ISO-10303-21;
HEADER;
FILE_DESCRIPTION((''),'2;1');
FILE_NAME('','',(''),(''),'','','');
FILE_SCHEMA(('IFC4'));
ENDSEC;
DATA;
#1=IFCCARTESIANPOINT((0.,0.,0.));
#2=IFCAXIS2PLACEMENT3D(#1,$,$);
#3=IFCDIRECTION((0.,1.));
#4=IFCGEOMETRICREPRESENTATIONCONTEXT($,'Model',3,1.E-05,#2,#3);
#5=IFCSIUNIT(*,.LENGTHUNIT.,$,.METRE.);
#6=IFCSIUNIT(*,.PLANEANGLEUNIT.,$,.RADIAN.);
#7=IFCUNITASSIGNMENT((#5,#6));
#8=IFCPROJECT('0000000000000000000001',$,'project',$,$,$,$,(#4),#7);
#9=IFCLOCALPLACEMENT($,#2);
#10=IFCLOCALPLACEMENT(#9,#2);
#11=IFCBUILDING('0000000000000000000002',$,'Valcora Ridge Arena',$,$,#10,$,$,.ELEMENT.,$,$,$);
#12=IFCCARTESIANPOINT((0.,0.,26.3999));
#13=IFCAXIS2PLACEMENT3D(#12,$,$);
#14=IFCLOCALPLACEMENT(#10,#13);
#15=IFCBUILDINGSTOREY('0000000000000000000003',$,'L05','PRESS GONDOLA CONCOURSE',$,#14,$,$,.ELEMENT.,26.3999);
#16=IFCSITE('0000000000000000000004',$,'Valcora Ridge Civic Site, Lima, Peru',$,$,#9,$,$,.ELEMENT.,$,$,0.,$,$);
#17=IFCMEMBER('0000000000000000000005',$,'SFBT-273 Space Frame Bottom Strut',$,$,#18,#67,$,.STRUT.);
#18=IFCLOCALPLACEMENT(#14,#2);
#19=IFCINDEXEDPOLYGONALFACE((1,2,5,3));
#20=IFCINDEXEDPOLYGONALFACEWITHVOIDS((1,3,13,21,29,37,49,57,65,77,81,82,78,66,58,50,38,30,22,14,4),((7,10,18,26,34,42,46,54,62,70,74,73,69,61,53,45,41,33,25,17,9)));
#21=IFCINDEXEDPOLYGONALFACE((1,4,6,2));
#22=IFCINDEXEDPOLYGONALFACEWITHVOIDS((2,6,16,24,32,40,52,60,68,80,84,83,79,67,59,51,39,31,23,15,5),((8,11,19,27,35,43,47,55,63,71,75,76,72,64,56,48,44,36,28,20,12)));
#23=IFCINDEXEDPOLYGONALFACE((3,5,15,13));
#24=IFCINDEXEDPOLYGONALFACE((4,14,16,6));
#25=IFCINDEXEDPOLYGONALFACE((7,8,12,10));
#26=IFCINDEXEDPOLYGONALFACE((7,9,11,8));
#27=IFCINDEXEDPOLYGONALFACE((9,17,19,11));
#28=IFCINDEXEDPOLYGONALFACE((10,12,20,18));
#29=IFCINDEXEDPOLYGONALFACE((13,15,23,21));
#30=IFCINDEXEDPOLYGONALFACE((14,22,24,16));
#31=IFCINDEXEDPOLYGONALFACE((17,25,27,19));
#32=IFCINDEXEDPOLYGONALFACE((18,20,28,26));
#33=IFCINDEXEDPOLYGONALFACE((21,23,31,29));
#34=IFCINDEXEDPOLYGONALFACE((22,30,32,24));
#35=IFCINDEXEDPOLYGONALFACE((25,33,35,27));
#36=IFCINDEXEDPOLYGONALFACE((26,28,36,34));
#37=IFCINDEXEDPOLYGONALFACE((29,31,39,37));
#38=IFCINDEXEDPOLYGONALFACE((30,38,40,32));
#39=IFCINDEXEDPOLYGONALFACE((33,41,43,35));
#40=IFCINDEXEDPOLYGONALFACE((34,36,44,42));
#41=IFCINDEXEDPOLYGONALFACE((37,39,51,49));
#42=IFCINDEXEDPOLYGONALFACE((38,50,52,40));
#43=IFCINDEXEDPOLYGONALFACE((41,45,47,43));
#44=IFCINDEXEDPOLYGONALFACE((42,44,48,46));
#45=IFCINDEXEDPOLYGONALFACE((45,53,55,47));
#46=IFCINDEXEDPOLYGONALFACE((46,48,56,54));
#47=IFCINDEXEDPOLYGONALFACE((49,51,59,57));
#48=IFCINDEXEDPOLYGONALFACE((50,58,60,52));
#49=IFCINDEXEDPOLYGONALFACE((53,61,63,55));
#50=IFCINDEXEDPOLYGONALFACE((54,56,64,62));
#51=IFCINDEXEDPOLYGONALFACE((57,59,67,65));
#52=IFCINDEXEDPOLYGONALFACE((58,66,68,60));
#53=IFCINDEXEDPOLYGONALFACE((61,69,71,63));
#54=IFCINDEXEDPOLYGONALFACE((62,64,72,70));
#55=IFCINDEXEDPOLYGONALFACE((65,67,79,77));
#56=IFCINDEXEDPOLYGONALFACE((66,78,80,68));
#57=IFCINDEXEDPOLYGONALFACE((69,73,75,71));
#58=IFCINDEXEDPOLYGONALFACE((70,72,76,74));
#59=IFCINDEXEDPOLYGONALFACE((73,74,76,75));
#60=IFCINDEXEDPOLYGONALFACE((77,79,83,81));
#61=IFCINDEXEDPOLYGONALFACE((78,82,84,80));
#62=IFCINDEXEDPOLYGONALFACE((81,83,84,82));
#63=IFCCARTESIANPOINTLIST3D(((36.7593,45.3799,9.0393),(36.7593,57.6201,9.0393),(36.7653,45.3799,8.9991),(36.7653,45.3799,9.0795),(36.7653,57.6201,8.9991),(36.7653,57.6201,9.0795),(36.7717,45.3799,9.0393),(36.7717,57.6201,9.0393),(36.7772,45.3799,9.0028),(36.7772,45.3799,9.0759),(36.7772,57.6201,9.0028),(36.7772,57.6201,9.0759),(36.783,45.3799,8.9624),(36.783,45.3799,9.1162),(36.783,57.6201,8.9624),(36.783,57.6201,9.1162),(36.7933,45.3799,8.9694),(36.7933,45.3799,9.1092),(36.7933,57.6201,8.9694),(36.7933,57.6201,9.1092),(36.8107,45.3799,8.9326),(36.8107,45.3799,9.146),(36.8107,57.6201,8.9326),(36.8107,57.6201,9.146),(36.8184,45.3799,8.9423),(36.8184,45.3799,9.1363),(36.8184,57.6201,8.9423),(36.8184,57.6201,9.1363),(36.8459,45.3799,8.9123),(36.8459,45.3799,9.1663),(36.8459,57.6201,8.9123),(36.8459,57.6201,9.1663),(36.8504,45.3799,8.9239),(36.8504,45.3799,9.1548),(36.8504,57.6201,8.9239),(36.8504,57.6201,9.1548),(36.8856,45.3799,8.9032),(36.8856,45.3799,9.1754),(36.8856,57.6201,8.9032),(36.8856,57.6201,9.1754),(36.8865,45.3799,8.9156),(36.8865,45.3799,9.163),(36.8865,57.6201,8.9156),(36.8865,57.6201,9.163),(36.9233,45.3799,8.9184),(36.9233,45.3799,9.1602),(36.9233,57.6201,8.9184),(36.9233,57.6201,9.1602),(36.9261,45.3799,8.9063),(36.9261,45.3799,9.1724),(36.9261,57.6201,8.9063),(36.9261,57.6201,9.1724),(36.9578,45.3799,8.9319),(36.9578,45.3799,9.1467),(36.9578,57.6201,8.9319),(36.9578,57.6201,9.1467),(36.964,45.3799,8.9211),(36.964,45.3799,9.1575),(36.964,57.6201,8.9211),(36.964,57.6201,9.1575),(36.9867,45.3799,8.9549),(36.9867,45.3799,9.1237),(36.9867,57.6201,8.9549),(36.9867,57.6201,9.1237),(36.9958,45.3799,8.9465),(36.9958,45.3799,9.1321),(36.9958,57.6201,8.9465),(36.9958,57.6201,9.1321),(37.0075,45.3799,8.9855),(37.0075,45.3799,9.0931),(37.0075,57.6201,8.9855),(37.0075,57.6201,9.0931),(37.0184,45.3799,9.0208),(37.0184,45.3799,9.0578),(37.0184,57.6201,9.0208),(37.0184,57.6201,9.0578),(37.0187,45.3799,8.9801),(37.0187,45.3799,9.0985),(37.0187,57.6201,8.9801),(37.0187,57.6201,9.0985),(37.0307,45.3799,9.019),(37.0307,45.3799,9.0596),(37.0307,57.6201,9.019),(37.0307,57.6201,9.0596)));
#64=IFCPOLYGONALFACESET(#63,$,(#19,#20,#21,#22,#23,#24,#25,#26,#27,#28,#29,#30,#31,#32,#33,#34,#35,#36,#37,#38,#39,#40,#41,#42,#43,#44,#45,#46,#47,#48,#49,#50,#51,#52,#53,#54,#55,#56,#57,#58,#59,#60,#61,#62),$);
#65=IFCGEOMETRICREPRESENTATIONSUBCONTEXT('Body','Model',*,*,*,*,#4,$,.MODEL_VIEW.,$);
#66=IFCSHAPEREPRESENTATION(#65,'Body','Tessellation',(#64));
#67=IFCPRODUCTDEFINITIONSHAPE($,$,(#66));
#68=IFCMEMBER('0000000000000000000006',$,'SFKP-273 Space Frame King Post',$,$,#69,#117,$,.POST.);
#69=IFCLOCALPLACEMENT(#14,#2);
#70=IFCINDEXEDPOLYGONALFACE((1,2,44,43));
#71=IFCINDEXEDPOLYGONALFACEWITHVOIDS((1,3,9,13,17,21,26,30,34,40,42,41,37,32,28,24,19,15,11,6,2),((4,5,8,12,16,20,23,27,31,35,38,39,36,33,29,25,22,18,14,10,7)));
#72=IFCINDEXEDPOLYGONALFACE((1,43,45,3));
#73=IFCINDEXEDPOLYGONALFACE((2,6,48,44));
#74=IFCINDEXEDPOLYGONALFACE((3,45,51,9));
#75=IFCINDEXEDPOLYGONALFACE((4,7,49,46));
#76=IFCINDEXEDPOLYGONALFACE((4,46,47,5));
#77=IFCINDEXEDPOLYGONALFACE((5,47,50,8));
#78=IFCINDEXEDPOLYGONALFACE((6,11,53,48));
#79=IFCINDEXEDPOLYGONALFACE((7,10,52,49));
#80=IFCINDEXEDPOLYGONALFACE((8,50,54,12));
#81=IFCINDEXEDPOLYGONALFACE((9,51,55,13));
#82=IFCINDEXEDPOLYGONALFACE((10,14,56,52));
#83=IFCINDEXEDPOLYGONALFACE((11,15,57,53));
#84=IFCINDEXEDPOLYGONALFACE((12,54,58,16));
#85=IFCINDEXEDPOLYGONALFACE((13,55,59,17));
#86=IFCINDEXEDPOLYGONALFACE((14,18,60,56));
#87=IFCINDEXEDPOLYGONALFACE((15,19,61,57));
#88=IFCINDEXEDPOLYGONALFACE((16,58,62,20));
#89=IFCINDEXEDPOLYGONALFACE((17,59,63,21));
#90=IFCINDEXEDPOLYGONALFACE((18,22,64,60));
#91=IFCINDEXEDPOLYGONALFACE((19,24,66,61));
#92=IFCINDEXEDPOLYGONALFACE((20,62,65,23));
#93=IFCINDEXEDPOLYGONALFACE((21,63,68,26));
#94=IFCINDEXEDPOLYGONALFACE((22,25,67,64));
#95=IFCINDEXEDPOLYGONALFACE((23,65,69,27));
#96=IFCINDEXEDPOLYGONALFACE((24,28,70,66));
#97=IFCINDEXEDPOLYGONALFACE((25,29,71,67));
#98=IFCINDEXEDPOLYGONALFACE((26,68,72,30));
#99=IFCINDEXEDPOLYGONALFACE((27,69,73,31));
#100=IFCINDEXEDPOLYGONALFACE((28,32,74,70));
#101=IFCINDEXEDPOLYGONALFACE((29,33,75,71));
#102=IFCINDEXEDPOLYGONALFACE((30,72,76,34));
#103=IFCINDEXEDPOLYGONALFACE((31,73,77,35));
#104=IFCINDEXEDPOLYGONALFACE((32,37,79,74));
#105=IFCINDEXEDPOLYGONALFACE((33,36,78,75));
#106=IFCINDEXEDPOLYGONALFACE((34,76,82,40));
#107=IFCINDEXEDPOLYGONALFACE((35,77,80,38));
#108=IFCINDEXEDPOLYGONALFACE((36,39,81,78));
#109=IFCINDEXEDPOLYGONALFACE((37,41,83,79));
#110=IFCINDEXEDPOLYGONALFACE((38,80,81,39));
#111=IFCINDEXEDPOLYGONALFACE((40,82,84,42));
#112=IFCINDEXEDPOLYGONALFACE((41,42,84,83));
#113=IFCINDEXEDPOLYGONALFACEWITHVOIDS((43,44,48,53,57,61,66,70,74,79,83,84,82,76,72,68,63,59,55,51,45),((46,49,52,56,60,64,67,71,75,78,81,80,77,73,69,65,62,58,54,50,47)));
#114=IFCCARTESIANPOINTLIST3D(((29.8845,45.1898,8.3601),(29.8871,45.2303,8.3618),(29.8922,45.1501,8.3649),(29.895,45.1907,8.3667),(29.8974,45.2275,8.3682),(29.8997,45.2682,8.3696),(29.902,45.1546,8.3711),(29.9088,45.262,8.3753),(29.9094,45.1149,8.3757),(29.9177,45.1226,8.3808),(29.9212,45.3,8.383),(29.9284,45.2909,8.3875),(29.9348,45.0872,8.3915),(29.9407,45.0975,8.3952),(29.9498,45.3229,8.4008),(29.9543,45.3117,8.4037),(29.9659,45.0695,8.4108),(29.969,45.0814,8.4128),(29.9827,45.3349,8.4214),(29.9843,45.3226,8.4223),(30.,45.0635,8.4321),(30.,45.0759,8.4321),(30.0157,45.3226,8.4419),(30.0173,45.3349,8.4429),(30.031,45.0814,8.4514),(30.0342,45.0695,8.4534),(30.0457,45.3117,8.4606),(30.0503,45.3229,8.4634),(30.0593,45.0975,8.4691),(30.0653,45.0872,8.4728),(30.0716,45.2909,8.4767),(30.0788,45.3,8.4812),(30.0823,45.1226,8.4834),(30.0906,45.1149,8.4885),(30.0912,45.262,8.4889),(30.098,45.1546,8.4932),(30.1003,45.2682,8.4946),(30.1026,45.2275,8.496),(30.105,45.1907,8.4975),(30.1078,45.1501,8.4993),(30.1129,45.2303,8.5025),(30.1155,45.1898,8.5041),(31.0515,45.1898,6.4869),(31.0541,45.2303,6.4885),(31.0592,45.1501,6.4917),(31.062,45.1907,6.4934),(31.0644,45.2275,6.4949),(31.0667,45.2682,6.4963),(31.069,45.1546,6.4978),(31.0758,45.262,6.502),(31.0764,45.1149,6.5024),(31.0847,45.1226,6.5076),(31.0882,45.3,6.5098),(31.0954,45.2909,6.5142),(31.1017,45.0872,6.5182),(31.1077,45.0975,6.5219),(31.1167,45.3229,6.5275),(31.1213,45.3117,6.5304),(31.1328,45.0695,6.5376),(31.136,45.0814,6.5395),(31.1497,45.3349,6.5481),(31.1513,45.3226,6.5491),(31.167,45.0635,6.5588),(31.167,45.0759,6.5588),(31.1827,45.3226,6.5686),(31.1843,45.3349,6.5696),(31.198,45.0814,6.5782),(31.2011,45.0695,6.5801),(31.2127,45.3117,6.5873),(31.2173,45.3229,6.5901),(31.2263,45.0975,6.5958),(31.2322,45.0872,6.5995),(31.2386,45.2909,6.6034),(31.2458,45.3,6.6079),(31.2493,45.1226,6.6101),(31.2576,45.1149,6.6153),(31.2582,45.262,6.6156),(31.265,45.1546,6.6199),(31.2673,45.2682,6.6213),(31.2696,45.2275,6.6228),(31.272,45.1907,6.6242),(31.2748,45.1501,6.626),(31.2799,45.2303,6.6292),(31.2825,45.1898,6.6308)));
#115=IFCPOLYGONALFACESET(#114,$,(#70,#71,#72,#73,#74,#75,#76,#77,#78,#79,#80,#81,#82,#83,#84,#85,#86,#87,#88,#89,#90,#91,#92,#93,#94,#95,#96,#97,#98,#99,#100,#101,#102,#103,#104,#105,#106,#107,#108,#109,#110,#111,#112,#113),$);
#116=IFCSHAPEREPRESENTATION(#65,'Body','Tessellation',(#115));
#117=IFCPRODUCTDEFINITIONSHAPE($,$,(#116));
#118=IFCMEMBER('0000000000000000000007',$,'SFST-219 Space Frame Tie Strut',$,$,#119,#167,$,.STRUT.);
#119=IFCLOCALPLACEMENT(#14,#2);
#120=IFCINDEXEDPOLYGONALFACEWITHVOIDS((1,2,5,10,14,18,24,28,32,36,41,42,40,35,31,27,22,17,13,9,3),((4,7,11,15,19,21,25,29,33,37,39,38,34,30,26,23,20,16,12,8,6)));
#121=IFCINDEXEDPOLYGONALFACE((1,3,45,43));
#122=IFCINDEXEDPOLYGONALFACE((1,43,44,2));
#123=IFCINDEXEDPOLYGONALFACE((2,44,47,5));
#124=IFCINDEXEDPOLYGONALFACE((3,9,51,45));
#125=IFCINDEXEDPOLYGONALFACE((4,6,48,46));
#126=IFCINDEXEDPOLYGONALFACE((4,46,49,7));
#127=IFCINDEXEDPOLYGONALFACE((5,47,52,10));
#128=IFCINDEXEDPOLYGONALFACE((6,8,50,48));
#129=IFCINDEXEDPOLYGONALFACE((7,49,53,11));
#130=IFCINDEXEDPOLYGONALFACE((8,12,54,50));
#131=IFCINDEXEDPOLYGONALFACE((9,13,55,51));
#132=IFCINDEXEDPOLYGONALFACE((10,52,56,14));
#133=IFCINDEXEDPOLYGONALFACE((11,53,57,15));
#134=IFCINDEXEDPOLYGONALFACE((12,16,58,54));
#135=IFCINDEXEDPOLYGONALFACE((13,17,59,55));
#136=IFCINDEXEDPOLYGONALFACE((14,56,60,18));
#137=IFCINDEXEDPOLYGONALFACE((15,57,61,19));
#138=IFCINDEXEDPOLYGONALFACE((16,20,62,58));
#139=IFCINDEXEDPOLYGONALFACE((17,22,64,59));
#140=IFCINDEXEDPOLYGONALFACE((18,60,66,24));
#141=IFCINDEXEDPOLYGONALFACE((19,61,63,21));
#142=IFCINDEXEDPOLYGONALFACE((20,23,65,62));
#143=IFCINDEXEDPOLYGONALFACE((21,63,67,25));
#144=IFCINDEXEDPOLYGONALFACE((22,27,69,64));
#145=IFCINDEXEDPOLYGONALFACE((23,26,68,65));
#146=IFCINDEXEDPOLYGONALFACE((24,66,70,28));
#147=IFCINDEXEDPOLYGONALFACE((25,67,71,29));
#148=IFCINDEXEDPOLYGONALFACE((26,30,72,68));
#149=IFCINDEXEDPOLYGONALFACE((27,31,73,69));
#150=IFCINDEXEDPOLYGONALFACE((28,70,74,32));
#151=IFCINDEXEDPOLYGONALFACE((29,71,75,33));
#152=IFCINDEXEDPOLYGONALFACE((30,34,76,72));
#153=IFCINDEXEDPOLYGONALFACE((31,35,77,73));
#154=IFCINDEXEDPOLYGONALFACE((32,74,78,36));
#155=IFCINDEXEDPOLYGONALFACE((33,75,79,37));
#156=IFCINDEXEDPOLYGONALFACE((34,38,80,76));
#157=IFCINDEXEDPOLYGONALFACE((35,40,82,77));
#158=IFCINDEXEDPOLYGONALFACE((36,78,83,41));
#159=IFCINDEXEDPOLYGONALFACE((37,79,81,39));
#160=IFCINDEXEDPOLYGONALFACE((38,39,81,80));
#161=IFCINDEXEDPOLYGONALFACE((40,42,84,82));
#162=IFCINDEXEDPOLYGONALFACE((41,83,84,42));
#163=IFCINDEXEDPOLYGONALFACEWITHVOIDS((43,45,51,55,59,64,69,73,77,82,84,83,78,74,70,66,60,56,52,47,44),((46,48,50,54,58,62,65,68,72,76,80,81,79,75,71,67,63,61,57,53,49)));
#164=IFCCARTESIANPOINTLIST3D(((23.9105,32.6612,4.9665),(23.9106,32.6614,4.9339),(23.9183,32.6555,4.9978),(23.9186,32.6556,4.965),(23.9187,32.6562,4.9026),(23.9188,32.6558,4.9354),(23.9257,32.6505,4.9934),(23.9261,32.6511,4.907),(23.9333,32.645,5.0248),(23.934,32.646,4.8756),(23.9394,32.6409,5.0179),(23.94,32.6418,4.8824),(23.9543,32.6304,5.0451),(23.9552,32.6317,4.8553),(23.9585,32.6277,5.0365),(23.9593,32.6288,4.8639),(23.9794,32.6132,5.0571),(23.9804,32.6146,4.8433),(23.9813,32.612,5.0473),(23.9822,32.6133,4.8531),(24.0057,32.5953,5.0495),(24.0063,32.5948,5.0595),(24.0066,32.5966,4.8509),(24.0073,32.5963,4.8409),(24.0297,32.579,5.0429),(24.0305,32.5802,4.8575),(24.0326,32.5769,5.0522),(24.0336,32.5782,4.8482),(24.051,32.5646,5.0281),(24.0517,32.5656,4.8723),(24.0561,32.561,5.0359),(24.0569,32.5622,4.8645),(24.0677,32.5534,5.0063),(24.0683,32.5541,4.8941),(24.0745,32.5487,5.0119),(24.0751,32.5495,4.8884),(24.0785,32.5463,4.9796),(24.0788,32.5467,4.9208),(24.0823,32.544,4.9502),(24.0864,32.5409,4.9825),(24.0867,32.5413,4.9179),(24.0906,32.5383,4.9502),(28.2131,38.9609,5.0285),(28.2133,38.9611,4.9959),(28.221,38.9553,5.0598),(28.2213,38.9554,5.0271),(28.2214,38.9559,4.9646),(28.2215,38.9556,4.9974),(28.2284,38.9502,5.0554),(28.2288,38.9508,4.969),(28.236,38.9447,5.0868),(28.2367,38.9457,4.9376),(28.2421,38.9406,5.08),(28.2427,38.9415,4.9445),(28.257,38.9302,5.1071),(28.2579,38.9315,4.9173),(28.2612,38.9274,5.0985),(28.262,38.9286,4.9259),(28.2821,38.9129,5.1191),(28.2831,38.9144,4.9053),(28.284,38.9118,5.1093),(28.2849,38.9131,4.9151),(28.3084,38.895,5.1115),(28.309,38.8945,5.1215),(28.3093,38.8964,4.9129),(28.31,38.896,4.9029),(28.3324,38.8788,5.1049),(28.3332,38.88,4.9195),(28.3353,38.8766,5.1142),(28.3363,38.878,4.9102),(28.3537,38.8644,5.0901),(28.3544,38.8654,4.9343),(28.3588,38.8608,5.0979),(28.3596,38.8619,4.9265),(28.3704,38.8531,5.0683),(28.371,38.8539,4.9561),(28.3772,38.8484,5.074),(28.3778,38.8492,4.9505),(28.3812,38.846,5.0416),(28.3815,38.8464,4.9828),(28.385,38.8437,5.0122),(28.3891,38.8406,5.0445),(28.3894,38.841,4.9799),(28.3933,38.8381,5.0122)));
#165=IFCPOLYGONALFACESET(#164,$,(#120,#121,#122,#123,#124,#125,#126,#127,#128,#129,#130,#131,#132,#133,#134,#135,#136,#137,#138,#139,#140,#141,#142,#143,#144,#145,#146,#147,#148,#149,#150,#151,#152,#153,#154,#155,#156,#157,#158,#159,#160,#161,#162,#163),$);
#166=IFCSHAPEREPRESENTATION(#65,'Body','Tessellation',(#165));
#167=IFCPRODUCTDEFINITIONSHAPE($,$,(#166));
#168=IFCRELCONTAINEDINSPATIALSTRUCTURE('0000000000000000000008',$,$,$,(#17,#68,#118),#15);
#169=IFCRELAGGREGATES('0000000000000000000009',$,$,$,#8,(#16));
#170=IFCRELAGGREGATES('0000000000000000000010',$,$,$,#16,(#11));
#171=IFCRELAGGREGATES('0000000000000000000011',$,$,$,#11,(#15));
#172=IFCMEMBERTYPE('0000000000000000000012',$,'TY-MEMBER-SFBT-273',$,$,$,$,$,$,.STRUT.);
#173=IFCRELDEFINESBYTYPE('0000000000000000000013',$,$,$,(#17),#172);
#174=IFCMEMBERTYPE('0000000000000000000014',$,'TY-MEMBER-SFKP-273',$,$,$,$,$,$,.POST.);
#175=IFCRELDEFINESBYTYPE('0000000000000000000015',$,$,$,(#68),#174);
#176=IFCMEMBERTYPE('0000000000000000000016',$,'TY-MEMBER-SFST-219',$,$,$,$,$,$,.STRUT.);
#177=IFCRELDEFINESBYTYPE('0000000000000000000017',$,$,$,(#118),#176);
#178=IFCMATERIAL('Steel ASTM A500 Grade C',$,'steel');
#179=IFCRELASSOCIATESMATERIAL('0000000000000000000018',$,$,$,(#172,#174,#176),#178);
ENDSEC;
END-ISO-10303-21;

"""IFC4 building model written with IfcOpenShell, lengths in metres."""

from ifc_helpers import new_model, si_unit, direction, frame, origin, origin_2d, place, context, subcontext, project, spatial, hollow_circle, extrude, material, material_profile, profile_set, type_object, element, save


model = new_model("IFC4")

# Units and contexts
model_context = context("Model", 3, precision=1e-05, world=origin(), true_north=direction((0.0, 1.0)))
body_context = subcontext(model_context, "Body", "Model", "MODEL_VIEW")
ifc_project = project(units=[si_unit("LENGTHUNIT", "METRE"), si_unit("PLANEANGLEUNIT", "RADIAN")], contexts=[model_context])

# Site, building, storey
site_placement = place(None, origin())
site = spatial("IfcSite", under=ifc_project, at=site_placement, Name="Valcora Ridge Civic Site, Lima, Peru", CompositionType="ELEMENT", RefElevation=0.0)
building_placement = place(site_placement, origin())
building = spatial("IfcBuilding", under=site, at=building_placement, Name="Valcora Ridge Arena", CompositionType="ELEMENT")
storey_placement = place(building_placement, frame((0.0, 0.0, 26.3999)))
storey = spatial("IfcBuildingStorey", under=building, at=storey_placement, Name="L05", Description="PRESS GONDOLA CONCOURSE", CompositionType="ELEMENT", Elevation=26.3999)

# Members
ifc_material_1 = material(Name="Steel ASTM A500 Grade C", Category="steel")
ifc_material_profile_1 = material_profile(ifc_material_1, hollow_circle(Radius=0.1365, WallThickness=0.0125, at=origin_2d()), Name="CHS273X12")
ifc_profile_set_1 = profile_set([ifc_material_profile_1], Name="Steel ASTM A500 Grade C")
member_type_1 = type_object("IfcMemberType", Name="TY-MEMBER-SFBT-273", PredefinedType="STRUT", material=ifc_profile_set_1)
for number, where, z_axis, x_axis, name in (
    (1, (36.8958, 45.3799, 9.0393), (0.0, 1.0, 0.0), (-1.0, 0.0, 0.0), "SFBT-273 Space Frame Bottom Strut"),
):
    element("IfcMember", number, at=place(storey_placement, frame(where, z_axis=z_axis, x_axis=x_axis)), inside=storey, type_object=member_type_1, Name=name, PredefinedType="STRUT", context=body_context, shape_type="SweptSolid", body=[
        extrude(hollow_circle(Radius=0.1365, WallThickness=0.0125, at=origin_2d()), origin(), (0.0, 0.0, 1.0), 12.2402),
    ])
ifc_material_profile_2 = material_profile(ifc_material_1, hollow_circle(Radius=0.1365, WallThickness=0.0125, at=origin_2d()), Name="CHS273X12")
ifc_profile_set_2 = profile_set([ifc_material_profile_2], Name="Steel ASTM A500 Grade C")
member_type_2 = type_object("IfcMemberType", Name="TY-MEMBER-SFKP-273", PredefinedType="POST", material=ifc_profile_set_2)
member_1_placement = place(storey_placement, frame((31.167, 45.2, 6.5588), z_axis=(-0.528755, 0.0, 0.848774), x_axis=(0.0, -1.0, 0.0)))
element("IfcMember", 2, at=member_1_placement, inside=storey, type_object=member_type_2, Name="SFKP-273 Space Frame King Post", PredefinedType="POST", context=body_context, shape_type="SweptSolid", body=[
    extrude(hollow_circle(Radius=0.1365, WallThickness=0.0125, at=origin_2d()), origin(), (0.0, 0.0, 1.0), 2.207),
])
ifc_material_profile_3 = material_profile(ifc_material_1, hollow_circle(Radius=0.1096, WallThickness=0.01, at=origin_2d()), Name="CHS219X10")
ifc_profile_set_3 = profile_set([ifc_material_profile_3], Name="Steel ASTM A500 Grade C")
member_type_3 = type_object("IfcMemberType", Name="TY-MEMBER-SFST-219", PredefinedType="STRUT", material=ifc_profile_set_3)
member_2_placement = place(storey_placement, frame((28.3027, 38.8999, 5.0122), z_axis=(-0.563981, -0.825748, -0.008128), x_axis=(0.825775, -0.564, 0.0)))
element("IfcMember", 3, at=member_2_placement, inside=storey, type_object=member_type_3, Name="SFST-219 Space Frame Tie Strut", PredefinedType="STRUT", context=body_context, shape_type="SweptSolid", body=[
    extrude(hollow_circle(Radius=0.1096, WallThickness=0.01, at=origin_2d()), origin(), (0.0, 0.0, 1.0), 7.6292),
])

save(model, "model.ifc")
